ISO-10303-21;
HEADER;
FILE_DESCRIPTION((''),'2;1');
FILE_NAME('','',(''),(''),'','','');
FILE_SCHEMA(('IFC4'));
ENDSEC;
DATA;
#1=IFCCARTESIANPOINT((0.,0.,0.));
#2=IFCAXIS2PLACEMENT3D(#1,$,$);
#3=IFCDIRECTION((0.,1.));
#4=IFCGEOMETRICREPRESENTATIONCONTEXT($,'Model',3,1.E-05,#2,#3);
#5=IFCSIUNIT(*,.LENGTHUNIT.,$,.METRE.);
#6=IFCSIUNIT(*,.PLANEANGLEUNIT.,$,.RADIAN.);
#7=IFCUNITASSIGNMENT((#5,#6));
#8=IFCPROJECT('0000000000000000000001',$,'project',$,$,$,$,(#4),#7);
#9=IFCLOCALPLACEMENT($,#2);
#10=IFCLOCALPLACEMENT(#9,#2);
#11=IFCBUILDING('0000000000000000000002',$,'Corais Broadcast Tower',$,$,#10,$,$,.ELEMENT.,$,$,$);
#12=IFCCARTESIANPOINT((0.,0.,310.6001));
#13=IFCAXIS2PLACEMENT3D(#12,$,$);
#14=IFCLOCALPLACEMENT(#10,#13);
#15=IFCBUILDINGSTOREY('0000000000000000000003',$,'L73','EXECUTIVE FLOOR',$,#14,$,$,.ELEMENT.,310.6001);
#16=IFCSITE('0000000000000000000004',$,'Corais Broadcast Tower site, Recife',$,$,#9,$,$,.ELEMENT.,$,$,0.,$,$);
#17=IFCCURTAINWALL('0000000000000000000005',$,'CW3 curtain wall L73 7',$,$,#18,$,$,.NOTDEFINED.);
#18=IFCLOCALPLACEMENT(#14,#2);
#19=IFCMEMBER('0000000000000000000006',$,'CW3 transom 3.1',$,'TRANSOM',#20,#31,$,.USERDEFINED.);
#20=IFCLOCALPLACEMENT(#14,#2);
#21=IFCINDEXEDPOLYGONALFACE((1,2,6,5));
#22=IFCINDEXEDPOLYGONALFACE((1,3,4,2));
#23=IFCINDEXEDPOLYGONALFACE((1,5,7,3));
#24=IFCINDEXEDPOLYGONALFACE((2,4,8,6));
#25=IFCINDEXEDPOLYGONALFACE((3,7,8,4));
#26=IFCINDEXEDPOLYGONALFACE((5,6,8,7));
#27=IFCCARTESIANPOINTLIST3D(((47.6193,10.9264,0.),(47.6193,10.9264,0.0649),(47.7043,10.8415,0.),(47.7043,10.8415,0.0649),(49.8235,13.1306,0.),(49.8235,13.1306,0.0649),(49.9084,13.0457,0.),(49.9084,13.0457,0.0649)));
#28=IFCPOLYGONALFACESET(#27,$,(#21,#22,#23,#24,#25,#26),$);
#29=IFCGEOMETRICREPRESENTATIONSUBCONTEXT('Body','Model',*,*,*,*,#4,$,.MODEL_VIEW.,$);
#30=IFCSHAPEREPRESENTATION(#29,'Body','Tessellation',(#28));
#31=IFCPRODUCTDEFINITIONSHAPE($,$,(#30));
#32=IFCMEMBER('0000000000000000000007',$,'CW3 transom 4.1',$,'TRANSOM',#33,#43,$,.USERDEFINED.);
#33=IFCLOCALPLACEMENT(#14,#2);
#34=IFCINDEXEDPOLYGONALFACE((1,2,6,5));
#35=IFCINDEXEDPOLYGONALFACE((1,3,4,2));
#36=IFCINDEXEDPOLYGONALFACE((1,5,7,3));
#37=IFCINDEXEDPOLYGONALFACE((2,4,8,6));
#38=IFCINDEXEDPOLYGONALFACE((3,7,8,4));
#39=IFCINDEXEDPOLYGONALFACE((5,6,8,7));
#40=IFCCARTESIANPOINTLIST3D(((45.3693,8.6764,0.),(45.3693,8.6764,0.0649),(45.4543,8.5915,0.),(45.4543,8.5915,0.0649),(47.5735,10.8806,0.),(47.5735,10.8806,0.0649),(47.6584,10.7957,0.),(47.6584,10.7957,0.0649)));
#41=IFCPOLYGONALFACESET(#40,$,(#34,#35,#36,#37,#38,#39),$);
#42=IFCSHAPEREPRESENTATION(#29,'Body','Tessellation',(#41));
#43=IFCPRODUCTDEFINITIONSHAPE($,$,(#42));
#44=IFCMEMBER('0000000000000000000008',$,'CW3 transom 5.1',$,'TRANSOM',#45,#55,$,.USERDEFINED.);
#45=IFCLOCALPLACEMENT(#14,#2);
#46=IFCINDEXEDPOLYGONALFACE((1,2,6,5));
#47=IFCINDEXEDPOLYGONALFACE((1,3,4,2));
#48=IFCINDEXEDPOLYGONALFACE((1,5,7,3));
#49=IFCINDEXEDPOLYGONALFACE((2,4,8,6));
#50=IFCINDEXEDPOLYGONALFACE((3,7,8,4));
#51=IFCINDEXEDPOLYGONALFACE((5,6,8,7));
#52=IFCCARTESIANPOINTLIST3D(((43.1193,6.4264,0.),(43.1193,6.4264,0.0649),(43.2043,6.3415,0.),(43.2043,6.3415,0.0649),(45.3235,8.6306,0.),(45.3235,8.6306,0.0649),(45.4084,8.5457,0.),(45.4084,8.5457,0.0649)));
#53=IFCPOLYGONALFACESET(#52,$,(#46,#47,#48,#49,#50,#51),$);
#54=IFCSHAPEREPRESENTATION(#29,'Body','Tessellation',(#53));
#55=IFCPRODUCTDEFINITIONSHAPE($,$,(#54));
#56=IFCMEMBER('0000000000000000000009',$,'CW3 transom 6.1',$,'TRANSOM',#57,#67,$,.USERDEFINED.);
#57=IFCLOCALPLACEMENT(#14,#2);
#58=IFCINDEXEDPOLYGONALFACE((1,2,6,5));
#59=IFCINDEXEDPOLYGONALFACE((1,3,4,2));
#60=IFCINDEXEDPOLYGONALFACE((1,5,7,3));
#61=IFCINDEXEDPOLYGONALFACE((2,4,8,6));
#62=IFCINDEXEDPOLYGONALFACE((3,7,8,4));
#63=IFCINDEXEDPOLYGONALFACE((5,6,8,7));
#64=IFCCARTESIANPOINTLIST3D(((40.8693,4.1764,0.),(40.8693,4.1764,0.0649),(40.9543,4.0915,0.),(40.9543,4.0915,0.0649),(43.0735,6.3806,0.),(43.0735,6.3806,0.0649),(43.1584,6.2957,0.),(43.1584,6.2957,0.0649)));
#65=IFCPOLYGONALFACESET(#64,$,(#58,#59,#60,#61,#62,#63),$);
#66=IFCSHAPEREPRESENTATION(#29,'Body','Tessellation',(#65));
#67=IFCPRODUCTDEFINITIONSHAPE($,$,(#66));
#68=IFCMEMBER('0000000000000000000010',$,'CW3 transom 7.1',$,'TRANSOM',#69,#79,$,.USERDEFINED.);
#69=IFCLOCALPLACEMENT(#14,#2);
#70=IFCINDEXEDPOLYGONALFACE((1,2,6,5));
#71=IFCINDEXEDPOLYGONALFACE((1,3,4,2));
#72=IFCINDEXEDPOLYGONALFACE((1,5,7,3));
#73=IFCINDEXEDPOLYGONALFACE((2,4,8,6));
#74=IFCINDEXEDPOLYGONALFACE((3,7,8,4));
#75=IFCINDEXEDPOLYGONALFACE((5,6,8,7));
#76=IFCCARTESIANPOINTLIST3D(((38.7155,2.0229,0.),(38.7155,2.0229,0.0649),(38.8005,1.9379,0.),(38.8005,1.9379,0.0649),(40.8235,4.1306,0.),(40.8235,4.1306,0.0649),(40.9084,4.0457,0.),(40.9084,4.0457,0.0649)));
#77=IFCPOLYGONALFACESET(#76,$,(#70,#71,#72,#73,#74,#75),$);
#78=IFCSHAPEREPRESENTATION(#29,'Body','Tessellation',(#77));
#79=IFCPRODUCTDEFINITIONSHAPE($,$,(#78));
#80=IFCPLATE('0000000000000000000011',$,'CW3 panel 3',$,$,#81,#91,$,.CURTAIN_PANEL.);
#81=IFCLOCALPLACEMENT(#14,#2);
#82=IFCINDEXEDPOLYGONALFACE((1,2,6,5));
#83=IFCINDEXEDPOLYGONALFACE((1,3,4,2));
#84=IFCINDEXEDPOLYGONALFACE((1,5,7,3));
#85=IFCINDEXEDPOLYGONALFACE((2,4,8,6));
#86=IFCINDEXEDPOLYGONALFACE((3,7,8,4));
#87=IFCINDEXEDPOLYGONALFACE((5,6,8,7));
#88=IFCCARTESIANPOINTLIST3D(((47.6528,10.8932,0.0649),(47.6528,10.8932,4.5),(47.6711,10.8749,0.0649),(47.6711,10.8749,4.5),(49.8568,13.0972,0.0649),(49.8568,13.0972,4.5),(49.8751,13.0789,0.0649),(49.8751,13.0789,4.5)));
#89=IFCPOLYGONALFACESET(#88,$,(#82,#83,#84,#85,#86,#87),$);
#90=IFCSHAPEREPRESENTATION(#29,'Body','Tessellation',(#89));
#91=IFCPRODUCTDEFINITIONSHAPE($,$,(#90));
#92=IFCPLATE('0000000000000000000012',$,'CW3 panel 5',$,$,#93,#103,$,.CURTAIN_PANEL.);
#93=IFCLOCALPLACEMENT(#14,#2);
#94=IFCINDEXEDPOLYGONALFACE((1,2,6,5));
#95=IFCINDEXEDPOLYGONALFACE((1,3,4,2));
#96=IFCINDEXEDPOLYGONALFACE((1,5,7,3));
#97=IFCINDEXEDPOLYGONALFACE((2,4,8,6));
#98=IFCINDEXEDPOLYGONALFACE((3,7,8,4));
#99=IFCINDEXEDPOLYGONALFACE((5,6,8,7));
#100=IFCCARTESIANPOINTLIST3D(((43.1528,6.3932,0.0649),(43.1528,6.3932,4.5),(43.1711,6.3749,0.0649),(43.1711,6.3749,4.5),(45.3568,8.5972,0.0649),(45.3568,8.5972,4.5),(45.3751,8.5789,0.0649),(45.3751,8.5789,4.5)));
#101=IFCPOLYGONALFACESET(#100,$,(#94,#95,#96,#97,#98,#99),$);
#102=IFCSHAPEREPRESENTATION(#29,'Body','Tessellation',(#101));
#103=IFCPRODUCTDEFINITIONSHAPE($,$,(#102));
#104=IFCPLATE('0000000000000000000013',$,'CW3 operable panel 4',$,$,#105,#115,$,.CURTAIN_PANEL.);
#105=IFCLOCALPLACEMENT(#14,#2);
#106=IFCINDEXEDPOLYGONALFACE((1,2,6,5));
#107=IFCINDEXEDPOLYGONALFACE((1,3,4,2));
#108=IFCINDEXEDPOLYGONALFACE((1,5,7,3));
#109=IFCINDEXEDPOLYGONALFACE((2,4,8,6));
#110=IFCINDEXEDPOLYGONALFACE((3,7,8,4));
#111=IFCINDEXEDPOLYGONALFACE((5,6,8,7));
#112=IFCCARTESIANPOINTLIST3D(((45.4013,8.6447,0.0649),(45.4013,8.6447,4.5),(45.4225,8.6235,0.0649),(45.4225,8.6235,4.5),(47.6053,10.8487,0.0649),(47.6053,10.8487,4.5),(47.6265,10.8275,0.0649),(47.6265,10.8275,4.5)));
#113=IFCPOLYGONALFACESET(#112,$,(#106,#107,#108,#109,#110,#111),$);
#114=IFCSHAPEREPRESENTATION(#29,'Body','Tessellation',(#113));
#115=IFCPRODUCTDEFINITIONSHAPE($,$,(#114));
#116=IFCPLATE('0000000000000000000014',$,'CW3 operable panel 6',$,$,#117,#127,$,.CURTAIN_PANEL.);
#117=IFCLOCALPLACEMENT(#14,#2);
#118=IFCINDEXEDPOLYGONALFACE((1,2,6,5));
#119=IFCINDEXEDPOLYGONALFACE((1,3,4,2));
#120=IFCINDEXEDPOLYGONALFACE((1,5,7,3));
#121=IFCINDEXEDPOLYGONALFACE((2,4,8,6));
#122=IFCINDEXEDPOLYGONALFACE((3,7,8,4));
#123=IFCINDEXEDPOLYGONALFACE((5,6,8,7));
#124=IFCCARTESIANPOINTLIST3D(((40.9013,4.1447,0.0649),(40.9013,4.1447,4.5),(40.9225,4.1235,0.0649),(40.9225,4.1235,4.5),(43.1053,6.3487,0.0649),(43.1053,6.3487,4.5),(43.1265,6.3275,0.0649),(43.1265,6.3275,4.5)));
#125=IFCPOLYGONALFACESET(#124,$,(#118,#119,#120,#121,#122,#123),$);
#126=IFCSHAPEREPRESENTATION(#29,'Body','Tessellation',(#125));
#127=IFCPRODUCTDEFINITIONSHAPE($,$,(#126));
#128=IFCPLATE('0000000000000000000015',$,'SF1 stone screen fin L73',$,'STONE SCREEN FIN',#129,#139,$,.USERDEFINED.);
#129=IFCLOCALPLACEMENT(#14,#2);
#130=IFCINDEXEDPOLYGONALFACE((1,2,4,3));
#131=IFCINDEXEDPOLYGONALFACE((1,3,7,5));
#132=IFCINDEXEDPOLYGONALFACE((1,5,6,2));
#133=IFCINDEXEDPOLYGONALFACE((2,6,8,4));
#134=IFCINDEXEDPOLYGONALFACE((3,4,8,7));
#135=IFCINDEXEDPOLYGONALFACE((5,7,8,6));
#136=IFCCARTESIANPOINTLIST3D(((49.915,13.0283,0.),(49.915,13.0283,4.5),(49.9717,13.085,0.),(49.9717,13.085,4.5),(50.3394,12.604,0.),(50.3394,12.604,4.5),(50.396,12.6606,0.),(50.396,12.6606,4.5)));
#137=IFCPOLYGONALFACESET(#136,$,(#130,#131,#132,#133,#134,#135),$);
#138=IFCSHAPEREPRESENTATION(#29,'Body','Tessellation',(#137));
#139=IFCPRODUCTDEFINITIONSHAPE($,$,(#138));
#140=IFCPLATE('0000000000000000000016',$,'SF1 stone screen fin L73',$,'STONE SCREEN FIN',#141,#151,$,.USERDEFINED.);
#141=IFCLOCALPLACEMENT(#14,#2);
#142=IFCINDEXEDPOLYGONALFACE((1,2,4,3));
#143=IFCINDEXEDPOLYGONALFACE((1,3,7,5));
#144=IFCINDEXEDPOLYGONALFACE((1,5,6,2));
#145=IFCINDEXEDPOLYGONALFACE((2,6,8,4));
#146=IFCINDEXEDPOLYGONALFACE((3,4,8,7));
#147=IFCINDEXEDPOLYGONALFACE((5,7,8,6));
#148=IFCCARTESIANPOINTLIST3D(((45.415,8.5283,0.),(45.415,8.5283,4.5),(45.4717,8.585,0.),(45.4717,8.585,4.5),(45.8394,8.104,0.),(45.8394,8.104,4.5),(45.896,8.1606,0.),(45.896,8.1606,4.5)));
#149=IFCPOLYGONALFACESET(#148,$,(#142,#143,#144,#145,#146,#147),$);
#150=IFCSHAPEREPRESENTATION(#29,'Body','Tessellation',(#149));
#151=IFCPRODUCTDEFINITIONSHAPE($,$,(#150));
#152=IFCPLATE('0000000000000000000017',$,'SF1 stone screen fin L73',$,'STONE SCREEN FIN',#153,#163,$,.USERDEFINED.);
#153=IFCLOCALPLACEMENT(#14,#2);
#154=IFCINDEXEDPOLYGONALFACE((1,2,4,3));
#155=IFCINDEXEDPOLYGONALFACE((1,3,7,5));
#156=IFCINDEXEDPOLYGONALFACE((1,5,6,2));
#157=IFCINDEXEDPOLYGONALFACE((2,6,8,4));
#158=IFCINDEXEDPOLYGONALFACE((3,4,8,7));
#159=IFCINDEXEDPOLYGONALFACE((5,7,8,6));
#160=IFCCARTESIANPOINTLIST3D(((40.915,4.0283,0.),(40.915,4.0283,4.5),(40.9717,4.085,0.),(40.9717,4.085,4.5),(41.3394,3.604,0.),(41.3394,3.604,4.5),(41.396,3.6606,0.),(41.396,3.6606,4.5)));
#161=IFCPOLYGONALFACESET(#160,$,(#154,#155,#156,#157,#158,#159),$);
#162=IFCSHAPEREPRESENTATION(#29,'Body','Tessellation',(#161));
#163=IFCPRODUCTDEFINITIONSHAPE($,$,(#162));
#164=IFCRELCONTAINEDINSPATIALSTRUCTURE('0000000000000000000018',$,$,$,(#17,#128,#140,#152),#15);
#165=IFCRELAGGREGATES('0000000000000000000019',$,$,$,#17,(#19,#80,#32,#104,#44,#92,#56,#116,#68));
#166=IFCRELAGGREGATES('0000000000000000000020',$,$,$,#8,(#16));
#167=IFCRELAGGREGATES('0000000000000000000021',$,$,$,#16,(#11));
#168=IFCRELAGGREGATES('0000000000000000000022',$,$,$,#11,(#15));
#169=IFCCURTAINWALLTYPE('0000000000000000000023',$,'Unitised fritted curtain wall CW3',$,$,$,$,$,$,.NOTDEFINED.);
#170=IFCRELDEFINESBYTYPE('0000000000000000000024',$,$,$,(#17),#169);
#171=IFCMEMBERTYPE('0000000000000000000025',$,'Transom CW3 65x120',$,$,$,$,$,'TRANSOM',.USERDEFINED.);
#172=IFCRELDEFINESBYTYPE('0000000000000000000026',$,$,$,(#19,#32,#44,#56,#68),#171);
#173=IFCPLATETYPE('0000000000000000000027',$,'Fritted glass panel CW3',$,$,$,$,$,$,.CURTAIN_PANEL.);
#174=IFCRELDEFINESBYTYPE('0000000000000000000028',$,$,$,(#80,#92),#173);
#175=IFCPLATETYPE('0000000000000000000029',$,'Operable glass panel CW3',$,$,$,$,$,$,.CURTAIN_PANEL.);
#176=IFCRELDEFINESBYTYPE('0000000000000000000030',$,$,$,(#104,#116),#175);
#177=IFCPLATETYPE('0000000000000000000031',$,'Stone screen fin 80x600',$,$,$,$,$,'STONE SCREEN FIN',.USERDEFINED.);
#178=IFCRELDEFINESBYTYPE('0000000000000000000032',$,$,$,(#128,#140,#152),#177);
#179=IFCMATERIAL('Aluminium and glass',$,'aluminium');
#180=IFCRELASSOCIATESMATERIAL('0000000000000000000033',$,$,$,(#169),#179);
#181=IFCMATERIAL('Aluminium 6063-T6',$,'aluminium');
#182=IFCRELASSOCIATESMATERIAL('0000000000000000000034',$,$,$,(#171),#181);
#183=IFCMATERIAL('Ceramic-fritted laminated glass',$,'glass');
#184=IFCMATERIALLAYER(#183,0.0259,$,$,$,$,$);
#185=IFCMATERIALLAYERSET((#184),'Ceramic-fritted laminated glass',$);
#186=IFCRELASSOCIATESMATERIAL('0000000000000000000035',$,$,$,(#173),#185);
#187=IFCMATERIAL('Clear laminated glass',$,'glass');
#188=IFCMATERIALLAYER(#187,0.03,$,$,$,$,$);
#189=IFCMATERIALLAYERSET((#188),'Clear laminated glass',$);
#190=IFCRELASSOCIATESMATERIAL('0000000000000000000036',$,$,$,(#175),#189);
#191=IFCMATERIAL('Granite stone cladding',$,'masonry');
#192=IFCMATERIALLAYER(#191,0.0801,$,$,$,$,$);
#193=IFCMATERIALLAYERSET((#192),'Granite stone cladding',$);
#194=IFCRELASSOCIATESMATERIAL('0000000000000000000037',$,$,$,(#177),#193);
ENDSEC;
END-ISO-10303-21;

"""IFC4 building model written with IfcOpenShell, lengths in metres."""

from ifc_helpers import new_model, si_unit, direction, frame, origin, origin_2d, place, context, subcontext, project, spatial, rectangle, extrude, material, layer, layer_set, material_profile, profile_set, type_object, element, aggregate, save


model = new_model("IFC4")

# Units and contexts
model_context = context("Model", 3, precision=1e-05, world=origin(), true_north=direction((0.0, 1.0)))
body_context = subcontext(model_context, "Body", "Model", "MODEL_VIEW")
ifc_project = project(units=[si_unit("LENGTHUNIT", "METRE"), si_unit("PLANEANGLEUNIT", "RADIAN")], contexts=[model_context])

# Site, building, storey
site_placement = place(None, origin())
site = spatial("IfcSite", under=ifc_project, at=site_placement, Name="Corais Broadcast Tower site, Recife", CompositionType="ELEMENT", RefElevation=0.0)
building_placement = place(site_placement, origin())
building = spatial("IfcBuilding", under=site, at=building_placement, Name="Corais Broadcast Tower", CompositionType="ELEMENT")
storey_placement = place(building_placement, frame((0.0, 0.0, 310.6001)))
storey = spatial("IfcBuildingStorey", under=building, at=storey_placement, Name="L73", Description="EXECUTIVE FLOOR", CompositionType="ELEMENT", Elevation=310.6001)

# Curtain wall
ifc_material_1 = material(Name="Aluminium and glass", Category="aluminium")
curtain_wall_type = type_object("IfcCurtainWallType", Name="Unitised fritted curtain wall CW3", PredefinedType="NOTDEFINED", material=ifc_material_1)
curtain_wall_placement = place(storey_placement, origin())
curtain_wall = element("IfcCurtainWall", 1, at=curtain_wall_placement, inside=storey, type_object=curtain_wall_type, Name="CW3 curtain wall L73 7", PredefinedType="NOTDEFINED")

# Members
ifc_material_2 = material(Name="Aluminium 6063-T6", Category="aluminium")
ifc_material_profile_1 = material_profile(ifc_material_2, rectangle(XDim=0.1201, YDim=0.0649, at=origin_2d()), Name="Transom CW3 65x120")
ifc_profile_set_1 = profile_set([ifc_material_profile_1], Name="Aluminium 6063-T6")
member_type_1 = type_object("IfcMemberType", Name="Transom CW3 65x120", ElementType="TRANSOM", PredefinedType="USERDEFINED", material=ifc_profile_set_1)
member_1_placement = place(storey_placement, frame((49.866, 13.0881, 0.0325), z_axis=(-0.707107, -0.707107, 0.0), x_axis=(0.707107, -0.707107, 0.0)))
member_1 = element("IfcMember", 2, at=member_1_placement, type_object=member_type_1, Name="CW3 transom 3.1", ObjectType="TRANSOM", PredefinedType="USERDEFINED", context=body_context, shape_type="SweptSolid", body=[
    extrude(rectangle(XDim=0.1201, YDim=0.0649, at=origin_2d()), origin(), (0.0, 0.0, 1.0), 3.1172),
])
member_2_placement = place(storey_placement, frame((47.616, 10.8381, 0.0325), z_axis=(-0.707107, -0.707107, 0.0), x_axis=(0.707107, -0.707107, 0.0)))
member_2 = element("IfcMember", 3, at=member_2_placement, type_object=member_type_1, Name="CW3 transom 4.1", ObjectType="TRANSOM", PredefinedType="USERDEFINED", context=body_context, shape_type="SweptSolid", body=[
    extrude(rectangle(XDim=0.1201, YDim=0.0649, at=origin_2d()), origin(), (0.0, 0.0, 1.0), 3.1172),
])
member_3_placement = place(storey_placement, frame((45.366, 8.5881, 0.0325), z_axis=(-0.707107, -0.707107, 0.0), x_axis=(0.707107, -0.707107, 0.0)))
member_3 = element("IfcMember", 4, at=member_3_placement, type_object=member_type_1, Name="CW3 transom 5.1", ObjectType="TRANSOM", PredefinedType="USERDEFINED", context=body_context, shape_type="SweptSolid", body=[
    extrude(rectangle(XDim=0.1201, YDim=0.0649, at=origin_2d()), origin(), (0.0, 0.0, 1.0), 3.1172),
])
member_4_placement = place(storey_placement, frame((43.116, 6.3381, 0.0325), z_axis=(-0.707107, -0.707107, 0.0), x_axis=(0.707107, -0.707107, 0.0)))
member_4 = element("IfcMember", 5, at=member_4_placement, type_object=member_type_1, Name="CW3 transom 6.1", ObjectType="TRANSOM", PredefinedType="USERDEFINED", context=body_context, shape_type="SweptSolid", body=[
    extrude(rectangle(XDim=0.1201, YDim=0.0649, at=origin_2d()), origin(), (0.0, 0.0, 1.0), 3.1172),
])
member_5_placement = place(storey_placement, frame((40.866, 4.0881, 0.0325), z_axis=(-0.707148, -0.707066, 0.0), x_axis=(0.707066, -0.707148, 0.0)))
member_5 = element("IfcMember", 6, at=member_5_placement, type_object=member_type_1, Name="CW3 transom 7.1", ObjectType="TRANSOM", PredefinedType="USERDEFINED", context=body_context, shape_type="SweptSolid", body=[
    extrude(rectangle(XDim=0.1201, YDim=0.0649, at=origin_2d()), origin(), (0.0, 0.0, 1.0), 2.981),
])

# Plates
ifc_material_3 = material(Name="Ceramic-fritted laminated glass", Category="glass")
ifc_layer_1 = layer(ifc_material_3, 0.0259)
ifc_layer_set_1 = layer_set([ifc_layer_1], Name="Ceramic-fritted laminated glass")
plate_type_1 = type_object("IfcPlateType", Name="Fritted glass panel CW3", PredefinedType="CURTAIN_PANEL", material=ifc_layer_set_1)
plate_1_placement = place(storey_placement, frame((48.7639, 11.9861, 0.0649), z_axis=(0.0, 0.0, 1.0), x_axis=(-0.707107, -0.707107, 0.0)))
plate_1 = element("IfcPlate", 7, at=plate_1_placement, type_object=plate_type_1, Name="CW3 panel 3", PredefinedType="CURTAIN_PANEL", context=body_context, shape_type="SweptSolid", body=[
    extrude(rectangle(XDim=3.1169, YDim=0.0259, at=origin_2d()), origin(), (0.0, 0.0, 1.0), 4.4351),
])
plate_2_placement = place(storey_placement, frame((44.2639, 7.4861, 0.0649), z_axis=(0.0, 0.0, 1.0), x_axis=(-0.707107, -0.707107, 0.0)))
plate_2 = element("IfcPlate", 8, at=plate_2_placement, type_object=plate_type_1, Name="CW3 panel 5", PredefinedType="CURTAIN_PANEL", context=body_context, shape_type="SweptSolid", body=[
    extrude(rectangle(XDim=3.1169, YDim=0.0259, at=origin_2d()), origin(), (0.0, 0.0, 1.0), 4.4351),
])
ifc_material_4 = material(Name="Clear laminated glass", Category="glass")
ifc_layer_2 = layer(ifc_material_4, 0.03)
ifc_layer_set_2 = layer_set([ifc_layer_2], Name="Clear laminated glass")
plate_type_2 = type_object("IfcPlateType", Name="Operable glass panel CW3", PredefinedType="CURTAIN_PANEL", material=ifc_layer_set_2)
plate_3_placement = place(storey_placement, frame((46.5139, 9.7361, 0.0649), z_axis=(0.0, 0.0, 1.0), x_axis=(-0.707107, -0.707107, 0.0)))
plate_3 = element("IfcPlate", 9, at=plate_3_placement, type_object=plate_type_2, Name="CW3 operable panel 4", PredefinedType="CURTAIN_PANEL", context=body_context, shape_type="SweptSolid", body=[
    extrude(rectangle(XDim=3.1169, YDim=0.03, at=origin_2d()), origin(), (0.0, 0.0, 1.0), 4.4351),
])
plate_4_placement = place(storey_placement, frame((42.0139, 5.2361, 0.0649), z_axis=(0.0, 0.0, 1.0), x_axis=(-0.707107, -0.707107, 0.0)))
plate_4 = element("IfcPlate", 10, at=plate_4_placement, type_object=plate_type_2, Name="CW3 operable panel 6", PredefinedType="CURTAIN_PANEL", context=body_context, shape_type="SweptSolid", body=[
    extrude(rectangle(XDim=3.1169, YDim=0.03, at=origin_2d()), origin(), (0.0, 0.0, 1.0), 4.4351),
])
aggregate(curtain_wall, [member_1, plate_1, member_2, plate_3, member_3, plate_2, member_4, plate_4, member_5])

# Plates
ifc_material_5 = material(Name="Granite stone cladding", Category="masonry")
ifc_layer_3 = layer(ifc_material_5, 0.0801)
ifc_layer_set_3 = layer_set([ifc_layer_3], Name="Granite stone cladding")
plate_type_3 = type_object("IfcPlateType", Name="Stone screen fin 80x600", ElementType="STONE SCREEN FIN", PredefinedType="USERDEFINED", material=ifc_layer_set_3)
for number, where, z_axis, x_axis, name in (
    (11, (50.1555, 12.8445, 0.0), (0.0, 0.0, 1.0), (-0.707107, -0.707107, 0.0), "SF1 stone screen fin L73"),
    (12, (45.6555, 8.3445, 0.0), (0.0, 0.0, 1.0), (-0.707107, -0.707107, 0.0), "SF1 stone screen fin L73"),
    (13, (41.1555, 3.8445, 0.0), (0.0, 0.0, 1.0), (-0.707107, -0.707107, 0.0), "SF1 stone screen fin L73"),
):
    element("IfcPlate", number, at=place(storey_placement, frame(where, z_axis=z_axis, x_axis=x_axis)), inside=storey, type_object=plate_type_3, Name=name, ObjectType="STONE SCREEN FIN", PredefinedType="USERDEFINED", context=body_context, shape_type="SweptSolid", body=[
        extrude(rectangle(XDim=0.0801, YDim=0.6001, at=origin_2d()), origin(), (0.0, 0.0, 1.0), 4.5),
    ])

save(model, "model.ifc")
